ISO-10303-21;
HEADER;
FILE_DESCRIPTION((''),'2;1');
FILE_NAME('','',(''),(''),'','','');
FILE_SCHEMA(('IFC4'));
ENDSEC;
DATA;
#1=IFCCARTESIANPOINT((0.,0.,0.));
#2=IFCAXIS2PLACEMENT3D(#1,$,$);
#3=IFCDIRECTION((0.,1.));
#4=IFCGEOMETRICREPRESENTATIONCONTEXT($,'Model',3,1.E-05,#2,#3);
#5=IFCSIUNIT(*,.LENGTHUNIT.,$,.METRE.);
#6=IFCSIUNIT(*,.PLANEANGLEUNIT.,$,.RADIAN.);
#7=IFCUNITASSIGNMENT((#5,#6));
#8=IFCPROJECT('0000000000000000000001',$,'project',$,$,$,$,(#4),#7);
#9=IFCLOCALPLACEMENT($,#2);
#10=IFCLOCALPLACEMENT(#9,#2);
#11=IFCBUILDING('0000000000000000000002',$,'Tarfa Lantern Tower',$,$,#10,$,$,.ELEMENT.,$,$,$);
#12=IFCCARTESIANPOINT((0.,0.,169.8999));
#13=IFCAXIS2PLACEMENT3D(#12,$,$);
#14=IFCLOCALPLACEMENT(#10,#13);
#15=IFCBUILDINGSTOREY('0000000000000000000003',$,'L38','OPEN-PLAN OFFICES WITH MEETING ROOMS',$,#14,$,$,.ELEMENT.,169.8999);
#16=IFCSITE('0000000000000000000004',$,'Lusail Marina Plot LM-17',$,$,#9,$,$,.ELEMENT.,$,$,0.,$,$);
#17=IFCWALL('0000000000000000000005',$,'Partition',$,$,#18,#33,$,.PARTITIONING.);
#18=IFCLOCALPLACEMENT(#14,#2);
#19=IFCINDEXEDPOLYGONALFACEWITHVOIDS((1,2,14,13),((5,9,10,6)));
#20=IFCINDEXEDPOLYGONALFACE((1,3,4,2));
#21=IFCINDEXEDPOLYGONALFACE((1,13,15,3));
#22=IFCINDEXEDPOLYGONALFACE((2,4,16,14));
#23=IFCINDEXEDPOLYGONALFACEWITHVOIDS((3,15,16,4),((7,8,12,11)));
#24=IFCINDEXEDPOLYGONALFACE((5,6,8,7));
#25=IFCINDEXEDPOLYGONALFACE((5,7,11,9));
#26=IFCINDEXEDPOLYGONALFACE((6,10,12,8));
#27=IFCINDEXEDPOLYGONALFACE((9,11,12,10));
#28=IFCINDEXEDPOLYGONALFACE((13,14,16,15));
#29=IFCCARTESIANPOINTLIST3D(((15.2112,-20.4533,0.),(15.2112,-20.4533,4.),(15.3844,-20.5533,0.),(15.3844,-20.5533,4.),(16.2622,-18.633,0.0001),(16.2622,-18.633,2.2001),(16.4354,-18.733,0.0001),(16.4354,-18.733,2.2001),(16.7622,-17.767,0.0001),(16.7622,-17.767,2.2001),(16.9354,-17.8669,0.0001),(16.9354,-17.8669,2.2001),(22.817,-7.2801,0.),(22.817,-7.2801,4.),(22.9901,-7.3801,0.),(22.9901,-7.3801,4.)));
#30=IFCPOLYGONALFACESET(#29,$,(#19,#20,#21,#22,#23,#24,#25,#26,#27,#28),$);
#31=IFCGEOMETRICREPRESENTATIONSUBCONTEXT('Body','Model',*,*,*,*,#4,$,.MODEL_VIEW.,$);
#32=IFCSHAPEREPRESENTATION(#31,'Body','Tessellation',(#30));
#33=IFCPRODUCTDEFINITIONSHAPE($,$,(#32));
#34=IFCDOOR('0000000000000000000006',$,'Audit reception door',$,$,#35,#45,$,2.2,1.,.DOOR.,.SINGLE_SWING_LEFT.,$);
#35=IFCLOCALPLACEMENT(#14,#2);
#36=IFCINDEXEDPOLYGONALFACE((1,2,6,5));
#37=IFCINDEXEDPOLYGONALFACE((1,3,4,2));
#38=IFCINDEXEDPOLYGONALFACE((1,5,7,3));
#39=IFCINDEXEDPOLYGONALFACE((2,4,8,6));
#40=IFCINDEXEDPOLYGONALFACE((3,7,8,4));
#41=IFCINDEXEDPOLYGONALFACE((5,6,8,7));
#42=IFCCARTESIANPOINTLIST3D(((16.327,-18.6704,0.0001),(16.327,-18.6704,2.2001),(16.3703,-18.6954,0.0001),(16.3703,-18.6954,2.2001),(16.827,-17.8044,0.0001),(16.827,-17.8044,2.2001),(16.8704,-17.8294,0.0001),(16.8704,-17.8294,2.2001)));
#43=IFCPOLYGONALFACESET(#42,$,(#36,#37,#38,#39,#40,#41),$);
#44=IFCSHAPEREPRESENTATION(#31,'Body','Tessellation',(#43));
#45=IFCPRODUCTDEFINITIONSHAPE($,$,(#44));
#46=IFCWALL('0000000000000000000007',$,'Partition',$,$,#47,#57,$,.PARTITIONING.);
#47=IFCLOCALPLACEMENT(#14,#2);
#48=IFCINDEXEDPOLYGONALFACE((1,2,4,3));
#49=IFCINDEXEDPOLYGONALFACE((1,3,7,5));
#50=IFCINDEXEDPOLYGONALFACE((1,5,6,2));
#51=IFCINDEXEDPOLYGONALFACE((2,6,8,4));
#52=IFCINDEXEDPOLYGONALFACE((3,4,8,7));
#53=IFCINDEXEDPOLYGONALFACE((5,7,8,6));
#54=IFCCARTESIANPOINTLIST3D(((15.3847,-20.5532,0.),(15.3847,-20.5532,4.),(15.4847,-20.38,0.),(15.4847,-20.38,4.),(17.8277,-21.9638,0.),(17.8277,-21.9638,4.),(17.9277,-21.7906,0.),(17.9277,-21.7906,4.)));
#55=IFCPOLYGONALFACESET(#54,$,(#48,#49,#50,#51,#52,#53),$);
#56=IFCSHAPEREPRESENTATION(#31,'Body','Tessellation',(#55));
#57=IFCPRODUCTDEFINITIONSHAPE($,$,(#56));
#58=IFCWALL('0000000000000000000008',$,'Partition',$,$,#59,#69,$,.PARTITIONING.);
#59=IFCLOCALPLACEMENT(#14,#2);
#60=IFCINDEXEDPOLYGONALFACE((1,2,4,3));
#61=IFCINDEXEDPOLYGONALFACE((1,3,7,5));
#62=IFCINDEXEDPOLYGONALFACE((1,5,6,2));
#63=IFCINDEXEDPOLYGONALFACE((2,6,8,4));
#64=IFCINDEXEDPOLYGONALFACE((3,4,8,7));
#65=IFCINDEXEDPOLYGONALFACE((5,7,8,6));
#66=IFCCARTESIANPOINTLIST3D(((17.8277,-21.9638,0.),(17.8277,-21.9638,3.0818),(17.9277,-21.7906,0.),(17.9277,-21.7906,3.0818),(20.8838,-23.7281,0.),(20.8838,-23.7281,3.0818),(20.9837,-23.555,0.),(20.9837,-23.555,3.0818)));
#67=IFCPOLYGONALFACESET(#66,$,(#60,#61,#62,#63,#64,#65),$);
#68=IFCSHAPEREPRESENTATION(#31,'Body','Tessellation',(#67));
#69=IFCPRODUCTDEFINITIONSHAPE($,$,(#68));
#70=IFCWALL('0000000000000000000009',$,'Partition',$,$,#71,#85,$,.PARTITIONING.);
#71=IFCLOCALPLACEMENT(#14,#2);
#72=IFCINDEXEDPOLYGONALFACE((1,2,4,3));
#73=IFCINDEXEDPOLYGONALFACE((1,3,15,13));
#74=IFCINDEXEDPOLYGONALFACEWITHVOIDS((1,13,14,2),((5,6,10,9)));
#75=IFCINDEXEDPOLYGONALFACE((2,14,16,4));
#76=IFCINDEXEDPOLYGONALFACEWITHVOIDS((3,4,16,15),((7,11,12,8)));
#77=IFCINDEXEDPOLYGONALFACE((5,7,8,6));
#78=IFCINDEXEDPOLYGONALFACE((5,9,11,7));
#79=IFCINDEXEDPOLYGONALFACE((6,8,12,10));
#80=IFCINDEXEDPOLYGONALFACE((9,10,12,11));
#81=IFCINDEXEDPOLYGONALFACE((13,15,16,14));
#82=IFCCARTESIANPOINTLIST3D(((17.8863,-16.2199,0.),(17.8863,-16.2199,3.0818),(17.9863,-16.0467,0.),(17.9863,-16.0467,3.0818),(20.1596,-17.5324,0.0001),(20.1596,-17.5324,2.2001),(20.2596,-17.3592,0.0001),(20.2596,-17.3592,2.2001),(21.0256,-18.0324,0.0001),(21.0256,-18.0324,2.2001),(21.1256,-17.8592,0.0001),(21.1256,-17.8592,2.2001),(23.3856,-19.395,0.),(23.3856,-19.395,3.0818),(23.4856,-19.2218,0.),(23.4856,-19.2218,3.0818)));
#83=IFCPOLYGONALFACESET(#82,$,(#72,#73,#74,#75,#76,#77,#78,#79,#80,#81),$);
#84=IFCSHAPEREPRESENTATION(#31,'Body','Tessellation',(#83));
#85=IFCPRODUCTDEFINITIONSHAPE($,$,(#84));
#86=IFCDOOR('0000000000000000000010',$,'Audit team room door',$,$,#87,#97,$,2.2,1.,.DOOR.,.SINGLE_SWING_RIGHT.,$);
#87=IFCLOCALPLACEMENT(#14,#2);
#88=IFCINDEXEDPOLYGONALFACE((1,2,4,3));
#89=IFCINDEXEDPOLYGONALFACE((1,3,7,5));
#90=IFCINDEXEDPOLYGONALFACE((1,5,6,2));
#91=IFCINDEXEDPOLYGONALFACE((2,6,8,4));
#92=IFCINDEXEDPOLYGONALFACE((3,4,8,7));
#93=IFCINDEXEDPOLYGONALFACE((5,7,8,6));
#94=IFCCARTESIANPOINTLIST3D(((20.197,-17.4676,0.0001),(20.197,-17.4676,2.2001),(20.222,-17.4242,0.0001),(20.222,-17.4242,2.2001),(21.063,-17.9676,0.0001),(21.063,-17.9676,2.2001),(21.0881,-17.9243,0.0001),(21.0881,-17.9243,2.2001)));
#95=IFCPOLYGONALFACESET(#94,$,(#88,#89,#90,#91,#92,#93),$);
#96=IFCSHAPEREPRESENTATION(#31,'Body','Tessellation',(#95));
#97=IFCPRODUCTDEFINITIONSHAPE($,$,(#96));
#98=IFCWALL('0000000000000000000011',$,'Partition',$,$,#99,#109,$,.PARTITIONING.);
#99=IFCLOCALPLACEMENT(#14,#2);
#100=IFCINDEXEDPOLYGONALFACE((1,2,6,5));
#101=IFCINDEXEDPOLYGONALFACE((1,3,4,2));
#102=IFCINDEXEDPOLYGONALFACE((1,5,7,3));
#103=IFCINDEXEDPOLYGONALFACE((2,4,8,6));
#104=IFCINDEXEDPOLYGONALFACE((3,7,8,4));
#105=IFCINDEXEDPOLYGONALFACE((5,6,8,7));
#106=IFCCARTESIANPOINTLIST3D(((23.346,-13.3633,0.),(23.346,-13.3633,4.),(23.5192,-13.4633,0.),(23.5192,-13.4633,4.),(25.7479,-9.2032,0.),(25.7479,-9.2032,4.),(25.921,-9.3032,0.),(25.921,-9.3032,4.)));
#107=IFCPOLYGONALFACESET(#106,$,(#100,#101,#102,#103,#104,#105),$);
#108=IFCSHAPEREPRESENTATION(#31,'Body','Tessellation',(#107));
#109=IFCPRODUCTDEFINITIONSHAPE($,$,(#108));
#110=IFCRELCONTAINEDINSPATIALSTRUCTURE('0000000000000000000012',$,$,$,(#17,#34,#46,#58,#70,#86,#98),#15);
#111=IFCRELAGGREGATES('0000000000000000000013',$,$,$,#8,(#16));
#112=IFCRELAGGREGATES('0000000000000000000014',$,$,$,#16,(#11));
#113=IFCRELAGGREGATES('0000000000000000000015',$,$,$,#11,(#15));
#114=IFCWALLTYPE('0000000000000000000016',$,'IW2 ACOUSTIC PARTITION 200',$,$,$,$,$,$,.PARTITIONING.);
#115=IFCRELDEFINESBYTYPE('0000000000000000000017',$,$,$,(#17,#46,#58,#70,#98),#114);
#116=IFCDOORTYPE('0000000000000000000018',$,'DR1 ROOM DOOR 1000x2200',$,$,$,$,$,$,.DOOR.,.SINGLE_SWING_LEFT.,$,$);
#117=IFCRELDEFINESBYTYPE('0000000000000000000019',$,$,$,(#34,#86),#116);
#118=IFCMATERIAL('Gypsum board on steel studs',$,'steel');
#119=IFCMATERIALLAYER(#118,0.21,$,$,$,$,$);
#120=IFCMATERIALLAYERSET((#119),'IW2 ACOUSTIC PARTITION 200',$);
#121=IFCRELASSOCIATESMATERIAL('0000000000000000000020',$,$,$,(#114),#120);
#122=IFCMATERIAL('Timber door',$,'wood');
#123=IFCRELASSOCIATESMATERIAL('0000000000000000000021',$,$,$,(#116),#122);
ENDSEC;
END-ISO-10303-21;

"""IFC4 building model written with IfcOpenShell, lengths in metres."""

from ifc_helpers import new_model, si_unit, direction, frame, frame_2d, origin, place, context, subcontext, project, spatial, rectangle, extrude, material, layer, layer_set, type_object, element, fill, save


model = new_model("IFC4")

# Units and contexts
model_context = context("Model", 3, precision=1e-05, world=origin(), true_north=direction((0.0, 1.0)))
body_context = subcontext(model_context, "Body", "Model", "MODEL_VIEW")
ifc_project = project(units=[si_unit("LENGTHUNIT", "METRE"), si_unit("PLANEANGLEUNIT", "RADIAN")], contexts=[model_context])

# Site, building, storey
site_placement = place(None, origin())
site = spatial("IfcSite", under=ifc_project, at=site_placement, Name="Lusail Marina Plot LM-17", CompositionType="ELEMENT", RefElevation=0.0)
building_placement = place(site_placement, origin())
building = spatial("IfcBuilding", under=site, at=building_placement, Name="Tarfa Lantern Tower", CompositionType="ELEMENT")
storey_placement = place(building_placement, frame((0.0, 0.0, 169.8999)))
storey = spatial("IfcBuildingStorey", under=building, at=storey_placement, Name="L38", Description="OPEN-PLAN OFFICES WITH MEETING ROOMS", CompositionType="ELEMENT", Elevation=169.8999)

# Wall, opening, door
ifc_material_1 = material(Name="Gypsum board on steel studs", Category="steel")
ifc_layer_1 = layer(ifc_material_1, 0.21)
ifc_layer_set_1 = layer_set([ifc_layer_1], Name="IW2 ACOUSTIC PARTITION 200")
wall_type_1 = type_object("IfcWallType", Name="IW2 ACOUSTIC PARTITION 200", PredefinedType="PARTITIONING", material=ifc_layer_set_1)
wall_1_placement = place(storey_placement, frame((15.2979, -20.5032, 0.0), z_axis=(0.0, 0.0, 1.0), x_axis=(0.500011, 0.866019, 0.0)))
wall_1 = element("IfcWall", 1, at=wall_1_placement, inside=storey, type_object=wall_type_1, Name="Partition", PredefinedType="PARTITIONING", context=body_context, shape_type="SweptSolid", body=[
    extrude(rectangle(XDim=15.2112, YDim=0.2, at=frame_2d((7.6055, 0.0))), origin(), (0.0, 0.0, 1.0), 4.0),
])
opening_1_placement = place(wall_1_placement, frame((2.1018, 0.0, 0.0)))
opening_1 = element("IfcOpeningElement", 2, at=opening_1_placement, cuts=wall_1, PredefinedType="OPENING", context=body_context, shape_type="SweptSolid", body=[
    extrude(rectangle(XDim=1.0, YDim=2.2, at=frame_2d((0.5, 1.1001))), frame((0.0, 0.1099, 0.0), z_axis=(0.0, -1.0, 0.0), x_axis=(1.0, 0.0, 0.0)), (0.0, 0.0, 1.0), 0.22),
])
ifc_material_2 = material(Name="Timber door", Category="wood")
door_type_1 = type_object("IfcDoorType", Name="DR1 ROOM DOOR 1000x2200", OperationType="SINGLE_SWING_LEFT", PredefinedType="DOOR", material=ifc_material_2)
door_1_placement = place(opening_1_placement, frame((1.0, 0.0, 0.0), z_axis=(0.0, 0.0, 1.0), x_axis=(-1.0, 0.0, 0.0)))
door_1 = element("IfcDoor", 3, at=door_1_placement, inside=storey, type_object=door_type_1, Name="Audit reception door", OperationType="SINGLE_SWING_LEFT", OverallHeight=2.2, OverallWidth=1.0, PredefinedType="DOOR", context=body_context, shape_type="SweptSolid", body=[
    extrude(rectangle(XDim=1.0, YDim=2.2, at=frame_2d((0.5, 1.1001))), frame((0.0, 0.0249, 0.0), z_axis=(0.0, -1.0, 0.0), x_axis=(1.0, 0.0, 0.0)), (0.0, 0.0, 1.0), 0.05),
])
fill(opening_1, door_1)

# Walls
wall_2_placement = place(storey_placement, frame((15.4346, -20.4666, 0.0), z_axis=(0.0, 0.0, 1.0), x_axis=(0.866008, -0.50003, 0.0)))
element("IfcWall", 4, at=wall_2_placement, inside=storey, type_object=wall_type_1, Name="Partition", PredefinedType="PARTITIONING", context=body_context, shape_type="SweptSolid", body=[
    extrude(rectangle(XDim=2.821, YDim=0.2, at=frame_2d((1.4106, 0.0))), origin(), (0.0, 0.0, 1.0), 4.0),
])
wall_3_placement = place(storey_placement, frame((17.8777, -21.8772, 0.0), z_axis=(0.0, 0.0, 1.0), x_axis=(0.866034, -0.499986, 0.0)))
element("IfcWall", 5, at=wall_3_placement, inside=storey, type_object=wall_type_1, Name="Partition", PredefinedType="PARTITIONING", context=body_context, shape_type="SweptSolid", body=[
    extrude(rectangle(XDim=3.5288, YDim=0.2, at=frame_2d((1.7644, 0.0))), origin(), (0.0, 0.0, 1.0), 3.0818),
])

# Wall, opening, door
wall_4_placement = place(storey_placement, frame((17.9363, -16.1333, 0.0), z_axis=(0.0, 0.0, 1.0), x_axis=(0.866022, -0.500005, 0.0)))
wall_4 = element("IfcWall", 6, at=wall_4_placement, inside=storey, type_object=wall_type_1, Name="Partition", PredefinedType="PARTITIONING", context=body_context, shape_type="SweptSolid", body=[
    extrude(rectangle(XDim=6.3501, YDim=0.2, at=frame_2d((3.175, 0.0))), origin(), (0.0, 0.0, 1.0), 3.0818),
])
opening_2_placement = place(wall_4_placement, frame((2.625, 0.0, 0.0)))
opening_2 = element("IfcOpeningElement", 7, at=opening_2_placement, cuts=wall_4, PredefinedType="OPENING", context=body_context, shape_type="SweptSolid", body=[
    extrude(rectangle(XDim=1.0, YDim=2.2, at=frame_2d((0.5, 1.1001))), frame((0.0, 0.1099, 0.0), z_axis=(0.0, -1.0, 0.0), x_axis=(1.0, 0.0, 0.0)), (0.0, 0.0, 1.0), 0.22),
])
door_2_placement = place(opening_2_placement, origin())
door_2 = element("IfcDoor", 8, at=door_2_placement, inside=storey, type_object=door_type_1, Name="Audit team room door", OperationType="SINGLE_SWING_RIGHT", OverallHeight=2.2, OverallWidth=1.0, PredefinedType="DOOR", context=body_context, shape_type="SweptSolid", body=[
    extrude(rectangle(XDim=1.0, YDim=2.2, at=frame_2d((0.5, 1.1001))), frame((0.0, 0.0249, 0.0), z_axis=(0.0, -1.0, 0.0), x_axis=(1.0, 0.0, 0.0)), (0.0, 0.0, 1.0), 0.05),
])
fill(opening_2, door_2)

# Wall
wall_5_placement = place(storey_placement, frame((23.4326, -13.4133, 0.0), z_axis=(0.0, 0.0, 1.0), x_axis=(0.499998, 0.866026, 0.0)))
element("IfcWall", 9, at=wall_5_placement, inside=storey, type_object=wall_type_1, Name="Partition", PredefinedType="PARTITIONING", context=body_context, shape_type="SweptSolid", body=[
    extrude(rectangle(XDim=4.8037, YDim=0.2, at=frame_2d((2.4019, 0.0))), origin(), (0.0, 0.0, 1.0), 4.0),
])

save(model, "model.ifc")
